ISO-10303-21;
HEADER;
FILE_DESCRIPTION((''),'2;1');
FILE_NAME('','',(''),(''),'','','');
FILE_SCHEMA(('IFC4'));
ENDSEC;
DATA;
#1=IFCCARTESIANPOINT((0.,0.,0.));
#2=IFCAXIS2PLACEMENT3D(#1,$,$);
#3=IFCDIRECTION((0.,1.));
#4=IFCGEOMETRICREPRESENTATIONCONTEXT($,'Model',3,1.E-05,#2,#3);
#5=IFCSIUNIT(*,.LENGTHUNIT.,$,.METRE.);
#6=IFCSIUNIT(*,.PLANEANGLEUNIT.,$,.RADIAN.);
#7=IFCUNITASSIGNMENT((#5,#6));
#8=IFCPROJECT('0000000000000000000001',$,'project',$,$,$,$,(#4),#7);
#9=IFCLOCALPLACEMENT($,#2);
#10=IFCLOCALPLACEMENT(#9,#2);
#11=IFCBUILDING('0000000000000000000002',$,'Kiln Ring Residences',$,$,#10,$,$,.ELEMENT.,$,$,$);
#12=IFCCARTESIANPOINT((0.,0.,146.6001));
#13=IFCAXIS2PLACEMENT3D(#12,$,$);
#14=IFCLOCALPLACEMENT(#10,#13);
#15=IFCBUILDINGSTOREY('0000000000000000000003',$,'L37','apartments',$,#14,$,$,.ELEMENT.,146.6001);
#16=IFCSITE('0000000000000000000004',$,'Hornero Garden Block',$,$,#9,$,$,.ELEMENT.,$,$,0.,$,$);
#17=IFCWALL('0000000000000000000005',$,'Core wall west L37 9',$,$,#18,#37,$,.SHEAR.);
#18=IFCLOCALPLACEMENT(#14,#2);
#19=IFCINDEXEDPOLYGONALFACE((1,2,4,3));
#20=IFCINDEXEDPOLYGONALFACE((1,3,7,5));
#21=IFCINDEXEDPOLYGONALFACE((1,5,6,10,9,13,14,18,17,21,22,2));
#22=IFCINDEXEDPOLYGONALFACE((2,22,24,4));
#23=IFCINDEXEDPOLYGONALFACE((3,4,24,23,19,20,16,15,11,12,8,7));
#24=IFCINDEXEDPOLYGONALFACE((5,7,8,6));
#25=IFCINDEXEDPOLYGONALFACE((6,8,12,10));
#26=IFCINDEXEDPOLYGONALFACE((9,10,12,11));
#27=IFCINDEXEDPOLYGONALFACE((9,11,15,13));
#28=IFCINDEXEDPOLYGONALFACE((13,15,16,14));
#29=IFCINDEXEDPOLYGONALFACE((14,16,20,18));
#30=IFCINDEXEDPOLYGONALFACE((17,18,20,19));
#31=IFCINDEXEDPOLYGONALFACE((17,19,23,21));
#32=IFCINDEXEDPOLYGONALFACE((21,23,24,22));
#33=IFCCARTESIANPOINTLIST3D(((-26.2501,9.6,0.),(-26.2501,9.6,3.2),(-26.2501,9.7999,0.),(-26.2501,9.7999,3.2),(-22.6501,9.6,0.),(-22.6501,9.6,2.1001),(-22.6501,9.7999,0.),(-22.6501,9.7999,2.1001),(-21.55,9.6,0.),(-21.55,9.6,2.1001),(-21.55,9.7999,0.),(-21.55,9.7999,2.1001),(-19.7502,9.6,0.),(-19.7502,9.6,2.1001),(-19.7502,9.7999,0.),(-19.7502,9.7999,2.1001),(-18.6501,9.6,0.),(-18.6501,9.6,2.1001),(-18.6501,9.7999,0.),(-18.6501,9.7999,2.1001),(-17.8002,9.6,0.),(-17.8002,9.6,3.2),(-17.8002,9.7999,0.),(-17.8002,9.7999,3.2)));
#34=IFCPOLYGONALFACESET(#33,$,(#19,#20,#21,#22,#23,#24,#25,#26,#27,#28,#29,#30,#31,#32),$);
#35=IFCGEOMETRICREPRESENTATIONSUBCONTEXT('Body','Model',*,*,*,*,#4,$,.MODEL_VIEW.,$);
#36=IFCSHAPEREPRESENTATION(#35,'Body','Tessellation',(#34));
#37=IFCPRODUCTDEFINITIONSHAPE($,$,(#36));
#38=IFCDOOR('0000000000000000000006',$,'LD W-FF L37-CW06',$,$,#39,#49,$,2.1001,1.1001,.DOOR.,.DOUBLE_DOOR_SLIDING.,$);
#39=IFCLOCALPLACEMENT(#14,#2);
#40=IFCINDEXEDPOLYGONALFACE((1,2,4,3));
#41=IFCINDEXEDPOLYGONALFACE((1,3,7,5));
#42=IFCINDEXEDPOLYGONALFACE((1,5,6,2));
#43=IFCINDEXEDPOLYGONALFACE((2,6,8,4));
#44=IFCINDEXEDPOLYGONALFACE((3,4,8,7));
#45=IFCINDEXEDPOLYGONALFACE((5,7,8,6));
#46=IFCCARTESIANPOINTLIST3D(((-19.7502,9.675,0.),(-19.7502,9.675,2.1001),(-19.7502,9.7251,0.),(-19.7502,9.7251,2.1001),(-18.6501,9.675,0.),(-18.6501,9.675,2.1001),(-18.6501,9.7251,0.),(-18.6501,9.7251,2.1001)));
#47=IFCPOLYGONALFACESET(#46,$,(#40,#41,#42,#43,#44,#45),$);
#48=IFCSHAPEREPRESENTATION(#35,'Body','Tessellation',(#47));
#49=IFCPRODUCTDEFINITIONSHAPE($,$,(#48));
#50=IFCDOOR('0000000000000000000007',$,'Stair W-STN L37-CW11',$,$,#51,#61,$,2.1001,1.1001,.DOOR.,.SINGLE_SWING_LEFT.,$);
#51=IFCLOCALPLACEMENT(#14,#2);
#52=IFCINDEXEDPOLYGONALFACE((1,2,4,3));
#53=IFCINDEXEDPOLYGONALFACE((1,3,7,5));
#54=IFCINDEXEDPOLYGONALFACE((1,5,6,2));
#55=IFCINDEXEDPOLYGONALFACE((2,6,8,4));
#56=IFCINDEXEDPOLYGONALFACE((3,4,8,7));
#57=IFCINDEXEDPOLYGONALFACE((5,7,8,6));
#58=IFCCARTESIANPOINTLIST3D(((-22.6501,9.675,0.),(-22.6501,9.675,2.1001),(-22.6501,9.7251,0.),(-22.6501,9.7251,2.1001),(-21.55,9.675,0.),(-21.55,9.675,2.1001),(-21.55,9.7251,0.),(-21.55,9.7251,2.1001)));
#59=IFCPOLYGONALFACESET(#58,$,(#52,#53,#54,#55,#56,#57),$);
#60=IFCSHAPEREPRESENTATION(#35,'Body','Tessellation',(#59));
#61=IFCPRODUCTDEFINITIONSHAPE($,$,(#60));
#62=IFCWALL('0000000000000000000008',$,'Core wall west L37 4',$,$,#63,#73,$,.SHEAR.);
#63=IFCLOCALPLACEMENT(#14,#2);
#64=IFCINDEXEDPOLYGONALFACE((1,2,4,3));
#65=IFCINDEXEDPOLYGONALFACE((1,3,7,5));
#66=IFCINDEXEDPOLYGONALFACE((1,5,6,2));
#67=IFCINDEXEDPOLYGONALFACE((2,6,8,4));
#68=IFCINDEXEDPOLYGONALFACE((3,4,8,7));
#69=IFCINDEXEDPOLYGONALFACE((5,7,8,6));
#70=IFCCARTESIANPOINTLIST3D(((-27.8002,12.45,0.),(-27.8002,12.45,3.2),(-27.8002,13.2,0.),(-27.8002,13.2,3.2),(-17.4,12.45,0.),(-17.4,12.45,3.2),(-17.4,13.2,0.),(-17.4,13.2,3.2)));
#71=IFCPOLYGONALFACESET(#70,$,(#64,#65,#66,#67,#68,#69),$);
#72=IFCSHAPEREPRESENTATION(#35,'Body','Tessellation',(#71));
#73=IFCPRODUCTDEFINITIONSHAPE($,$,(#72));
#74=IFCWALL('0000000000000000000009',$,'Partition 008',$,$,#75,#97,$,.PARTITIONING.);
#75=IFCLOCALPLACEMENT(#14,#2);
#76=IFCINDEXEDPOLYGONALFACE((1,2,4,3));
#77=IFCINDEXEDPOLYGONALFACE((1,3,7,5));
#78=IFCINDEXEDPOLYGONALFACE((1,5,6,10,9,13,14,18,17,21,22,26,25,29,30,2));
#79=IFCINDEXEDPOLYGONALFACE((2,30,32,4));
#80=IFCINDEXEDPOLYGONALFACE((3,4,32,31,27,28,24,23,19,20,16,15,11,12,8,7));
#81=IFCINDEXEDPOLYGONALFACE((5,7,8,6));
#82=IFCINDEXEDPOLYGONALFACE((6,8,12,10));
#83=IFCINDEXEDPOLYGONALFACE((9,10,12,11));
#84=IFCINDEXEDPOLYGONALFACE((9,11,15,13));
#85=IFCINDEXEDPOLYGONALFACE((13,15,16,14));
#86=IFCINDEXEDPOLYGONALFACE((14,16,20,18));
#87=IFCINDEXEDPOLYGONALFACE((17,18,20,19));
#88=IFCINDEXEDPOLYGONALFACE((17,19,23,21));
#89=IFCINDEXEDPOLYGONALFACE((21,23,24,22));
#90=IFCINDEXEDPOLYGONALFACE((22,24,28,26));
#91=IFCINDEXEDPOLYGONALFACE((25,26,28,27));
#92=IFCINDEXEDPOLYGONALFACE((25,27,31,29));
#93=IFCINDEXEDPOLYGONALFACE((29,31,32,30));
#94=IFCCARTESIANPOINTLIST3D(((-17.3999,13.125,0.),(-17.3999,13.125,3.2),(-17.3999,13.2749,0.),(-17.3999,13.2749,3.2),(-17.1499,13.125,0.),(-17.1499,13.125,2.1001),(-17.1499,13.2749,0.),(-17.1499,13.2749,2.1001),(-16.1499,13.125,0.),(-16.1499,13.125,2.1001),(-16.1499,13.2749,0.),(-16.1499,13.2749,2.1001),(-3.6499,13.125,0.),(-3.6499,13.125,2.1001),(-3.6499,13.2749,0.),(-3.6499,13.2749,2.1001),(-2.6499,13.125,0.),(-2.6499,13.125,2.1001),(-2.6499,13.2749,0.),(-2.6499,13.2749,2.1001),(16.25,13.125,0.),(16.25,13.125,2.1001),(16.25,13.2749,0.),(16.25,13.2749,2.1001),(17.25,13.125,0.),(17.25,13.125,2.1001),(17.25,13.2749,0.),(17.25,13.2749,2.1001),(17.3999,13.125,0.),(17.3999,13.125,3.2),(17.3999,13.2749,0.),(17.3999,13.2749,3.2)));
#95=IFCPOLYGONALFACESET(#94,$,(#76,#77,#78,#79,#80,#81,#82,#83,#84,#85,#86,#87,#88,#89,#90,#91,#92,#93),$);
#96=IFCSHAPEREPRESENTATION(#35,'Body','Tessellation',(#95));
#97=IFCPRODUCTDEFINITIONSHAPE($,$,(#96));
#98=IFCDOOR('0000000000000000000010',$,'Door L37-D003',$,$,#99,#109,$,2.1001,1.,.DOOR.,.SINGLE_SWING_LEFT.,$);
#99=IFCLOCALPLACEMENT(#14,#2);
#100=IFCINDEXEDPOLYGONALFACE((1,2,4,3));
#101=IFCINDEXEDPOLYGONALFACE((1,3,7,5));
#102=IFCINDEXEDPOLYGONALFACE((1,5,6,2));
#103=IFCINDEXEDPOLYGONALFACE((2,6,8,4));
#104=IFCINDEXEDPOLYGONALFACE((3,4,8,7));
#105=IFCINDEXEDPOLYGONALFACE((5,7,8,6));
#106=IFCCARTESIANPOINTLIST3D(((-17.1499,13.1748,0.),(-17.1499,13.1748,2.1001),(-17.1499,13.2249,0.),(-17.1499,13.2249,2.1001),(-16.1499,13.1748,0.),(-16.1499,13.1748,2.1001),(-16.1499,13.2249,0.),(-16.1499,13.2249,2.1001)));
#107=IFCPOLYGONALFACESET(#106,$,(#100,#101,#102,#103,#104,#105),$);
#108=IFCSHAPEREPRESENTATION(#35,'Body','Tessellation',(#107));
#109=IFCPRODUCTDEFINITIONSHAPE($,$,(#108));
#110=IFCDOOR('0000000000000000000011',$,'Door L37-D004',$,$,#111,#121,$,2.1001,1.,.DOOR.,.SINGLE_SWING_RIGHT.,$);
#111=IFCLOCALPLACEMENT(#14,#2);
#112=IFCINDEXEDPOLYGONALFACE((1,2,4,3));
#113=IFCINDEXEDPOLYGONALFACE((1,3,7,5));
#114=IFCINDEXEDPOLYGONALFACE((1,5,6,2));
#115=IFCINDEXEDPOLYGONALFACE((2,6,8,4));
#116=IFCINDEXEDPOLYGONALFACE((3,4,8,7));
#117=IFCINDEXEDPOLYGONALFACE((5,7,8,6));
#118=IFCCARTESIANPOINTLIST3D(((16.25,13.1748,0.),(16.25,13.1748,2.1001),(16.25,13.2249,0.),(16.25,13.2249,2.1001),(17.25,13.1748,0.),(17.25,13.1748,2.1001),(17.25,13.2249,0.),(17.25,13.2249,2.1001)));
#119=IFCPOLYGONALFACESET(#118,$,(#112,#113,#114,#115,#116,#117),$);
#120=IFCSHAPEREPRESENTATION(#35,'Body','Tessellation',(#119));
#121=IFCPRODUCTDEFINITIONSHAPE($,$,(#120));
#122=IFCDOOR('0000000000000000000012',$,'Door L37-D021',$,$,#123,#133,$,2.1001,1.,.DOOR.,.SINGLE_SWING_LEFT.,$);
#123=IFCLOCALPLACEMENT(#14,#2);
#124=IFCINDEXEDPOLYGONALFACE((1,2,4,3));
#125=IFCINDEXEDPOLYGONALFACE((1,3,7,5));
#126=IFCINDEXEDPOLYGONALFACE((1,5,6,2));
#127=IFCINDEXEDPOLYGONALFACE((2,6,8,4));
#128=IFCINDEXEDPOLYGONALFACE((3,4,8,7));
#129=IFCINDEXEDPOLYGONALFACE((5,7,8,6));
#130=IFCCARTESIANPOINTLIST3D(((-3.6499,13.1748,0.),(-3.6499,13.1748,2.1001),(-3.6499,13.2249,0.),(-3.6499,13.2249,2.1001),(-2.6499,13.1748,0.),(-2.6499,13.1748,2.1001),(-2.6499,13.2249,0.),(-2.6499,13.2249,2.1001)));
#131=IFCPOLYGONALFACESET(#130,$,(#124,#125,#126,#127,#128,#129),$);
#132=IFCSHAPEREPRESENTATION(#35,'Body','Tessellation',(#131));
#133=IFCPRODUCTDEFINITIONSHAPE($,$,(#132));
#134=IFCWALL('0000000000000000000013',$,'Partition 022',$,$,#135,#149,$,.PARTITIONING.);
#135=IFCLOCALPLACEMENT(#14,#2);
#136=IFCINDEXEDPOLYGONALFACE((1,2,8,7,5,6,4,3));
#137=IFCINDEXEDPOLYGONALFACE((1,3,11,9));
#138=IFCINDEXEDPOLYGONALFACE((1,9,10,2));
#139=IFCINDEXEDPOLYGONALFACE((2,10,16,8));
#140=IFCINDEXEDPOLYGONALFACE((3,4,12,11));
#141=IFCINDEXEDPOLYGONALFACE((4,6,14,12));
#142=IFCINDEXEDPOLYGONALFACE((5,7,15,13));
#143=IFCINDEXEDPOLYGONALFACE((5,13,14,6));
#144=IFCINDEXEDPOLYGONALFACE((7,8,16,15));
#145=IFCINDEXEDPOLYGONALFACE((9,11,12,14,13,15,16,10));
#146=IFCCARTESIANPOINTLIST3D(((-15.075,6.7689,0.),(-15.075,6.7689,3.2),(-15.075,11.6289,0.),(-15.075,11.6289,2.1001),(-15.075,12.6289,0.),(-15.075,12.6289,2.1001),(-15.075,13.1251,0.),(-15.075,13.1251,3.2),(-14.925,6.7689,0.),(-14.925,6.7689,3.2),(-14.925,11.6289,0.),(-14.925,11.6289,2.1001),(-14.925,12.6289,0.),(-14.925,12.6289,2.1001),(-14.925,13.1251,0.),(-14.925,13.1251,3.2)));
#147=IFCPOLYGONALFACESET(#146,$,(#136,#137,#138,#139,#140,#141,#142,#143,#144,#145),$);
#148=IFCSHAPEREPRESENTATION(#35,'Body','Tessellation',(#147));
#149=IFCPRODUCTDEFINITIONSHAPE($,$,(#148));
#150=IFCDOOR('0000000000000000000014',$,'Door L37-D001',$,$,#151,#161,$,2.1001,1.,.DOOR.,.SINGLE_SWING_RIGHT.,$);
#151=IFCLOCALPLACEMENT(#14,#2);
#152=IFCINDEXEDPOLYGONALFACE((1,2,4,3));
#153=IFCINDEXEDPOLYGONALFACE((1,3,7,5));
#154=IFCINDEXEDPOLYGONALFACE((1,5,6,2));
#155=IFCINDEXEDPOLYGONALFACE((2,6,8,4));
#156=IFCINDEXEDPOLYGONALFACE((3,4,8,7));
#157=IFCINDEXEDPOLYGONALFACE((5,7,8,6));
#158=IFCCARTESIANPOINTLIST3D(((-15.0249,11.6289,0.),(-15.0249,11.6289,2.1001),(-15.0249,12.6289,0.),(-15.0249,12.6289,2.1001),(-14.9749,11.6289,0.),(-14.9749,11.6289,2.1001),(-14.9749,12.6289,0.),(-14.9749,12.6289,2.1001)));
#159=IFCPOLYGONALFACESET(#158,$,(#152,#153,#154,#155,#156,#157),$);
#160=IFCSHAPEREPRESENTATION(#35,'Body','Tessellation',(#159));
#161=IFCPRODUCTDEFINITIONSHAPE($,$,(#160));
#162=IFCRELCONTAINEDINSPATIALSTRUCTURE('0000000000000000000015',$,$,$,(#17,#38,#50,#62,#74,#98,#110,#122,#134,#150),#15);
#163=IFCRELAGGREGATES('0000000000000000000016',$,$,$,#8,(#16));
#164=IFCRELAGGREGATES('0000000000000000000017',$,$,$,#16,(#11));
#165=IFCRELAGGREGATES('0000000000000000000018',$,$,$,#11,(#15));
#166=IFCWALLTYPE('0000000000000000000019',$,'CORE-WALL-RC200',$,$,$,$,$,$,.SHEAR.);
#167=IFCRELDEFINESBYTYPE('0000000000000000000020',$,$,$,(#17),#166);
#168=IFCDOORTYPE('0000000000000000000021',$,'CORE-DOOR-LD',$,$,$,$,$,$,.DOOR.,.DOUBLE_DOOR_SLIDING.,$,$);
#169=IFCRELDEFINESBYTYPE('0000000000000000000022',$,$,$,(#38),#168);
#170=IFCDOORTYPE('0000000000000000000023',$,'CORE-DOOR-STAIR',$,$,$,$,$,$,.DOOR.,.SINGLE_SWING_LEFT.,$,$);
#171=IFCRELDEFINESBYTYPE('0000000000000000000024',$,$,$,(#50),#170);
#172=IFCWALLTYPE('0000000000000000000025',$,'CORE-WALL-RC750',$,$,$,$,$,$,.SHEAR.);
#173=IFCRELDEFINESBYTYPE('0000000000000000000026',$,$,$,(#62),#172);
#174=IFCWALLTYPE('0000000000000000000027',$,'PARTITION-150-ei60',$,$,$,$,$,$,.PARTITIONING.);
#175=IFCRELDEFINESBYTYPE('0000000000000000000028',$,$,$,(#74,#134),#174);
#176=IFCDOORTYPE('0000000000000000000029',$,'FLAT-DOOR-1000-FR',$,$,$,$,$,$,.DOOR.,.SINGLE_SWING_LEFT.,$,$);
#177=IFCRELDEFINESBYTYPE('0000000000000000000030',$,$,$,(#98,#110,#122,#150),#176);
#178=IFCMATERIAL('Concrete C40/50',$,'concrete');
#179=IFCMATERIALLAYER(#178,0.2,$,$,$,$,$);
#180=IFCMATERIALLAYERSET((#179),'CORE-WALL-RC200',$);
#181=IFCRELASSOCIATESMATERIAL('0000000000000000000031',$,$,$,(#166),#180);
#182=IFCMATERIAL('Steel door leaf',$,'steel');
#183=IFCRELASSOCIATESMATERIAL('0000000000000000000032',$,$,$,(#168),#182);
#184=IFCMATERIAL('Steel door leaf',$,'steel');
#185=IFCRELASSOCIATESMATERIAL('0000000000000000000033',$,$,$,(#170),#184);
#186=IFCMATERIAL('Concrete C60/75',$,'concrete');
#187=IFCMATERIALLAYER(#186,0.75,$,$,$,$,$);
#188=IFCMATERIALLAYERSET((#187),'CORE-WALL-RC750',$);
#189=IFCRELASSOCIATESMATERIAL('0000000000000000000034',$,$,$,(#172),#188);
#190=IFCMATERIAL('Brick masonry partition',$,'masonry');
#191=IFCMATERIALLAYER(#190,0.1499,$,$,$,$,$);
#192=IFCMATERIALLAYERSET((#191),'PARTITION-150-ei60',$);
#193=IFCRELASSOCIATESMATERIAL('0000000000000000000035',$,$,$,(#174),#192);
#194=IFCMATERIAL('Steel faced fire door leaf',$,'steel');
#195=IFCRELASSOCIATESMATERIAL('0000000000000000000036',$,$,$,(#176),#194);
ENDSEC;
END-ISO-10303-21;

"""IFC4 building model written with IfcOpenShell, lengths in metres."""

from ifc_helpers import new_model, si_unit, direction, frame, frame_2d, origin, place, context, subcontext, project, spatial, rectangle, extrude, material, layer, layer_set, type_object, element, fill, save


model = new_model("IFC4")

# Units and contexts
model_context = context("Model", 3, precision=1e-05, world=origin(), true_north=direction((0.0, 1.0)))
body_context = subcontext(model_context, "Body", "Model", "MODEL_VIEW")
ifc_project = project(units=[si_unit("LENGTHUNIT", "METRE"), si_unit("PLANEANGLEUNIT", "RADIAN")], contexts=[model_context])

# Site, building, storey
site_placement = place(None, origin())
site = spatial("IfcSite", under=ifc_project, at=site_placement, Name="Hornero Garden Block", CompositionType="ELEMENT", RefElevation=0.0)
building_placement = place(site_placement, origin())
building = spatial("IfcBuilding", under=site, at=building_placement, Name="Kiln Ring Residences", CompositionType="ELEMENT")
storey_placement = place(building_placement, frame((0.0, 0.0, 146.6001)))
storey = spatial("IfcBuildingStorey", under=building, at=storey_placement, Name="L37", Description="apartments", CompositionType="ELEMENT", Elevation=146.6001)

# Wall, openings, doors
ifc_material_1 = material(Name="Concrete C40/50", Category="concrete")
ifc_layer_1 = layer(ifc_material_1, 0.2)
ifc_layer_set_1 = layer_set([ifc_layer_1], Name="CORE-WALL-RC200")
wall_type_1 = type_object("IfcWallType", Name="CORE-WALL-RC200", PredefinedType="SHEAR", material=ifc_layer_set_1)
wall_1_placement = place(storey_placement, frame((-17.8, 9.7, 0.0), z_axis=(0.0, 0.0, 1.0), x_axis=(-1.0, 0.0, 0.0)))
wall_1 = element("IfcWall", 1, at=wall_1_placement, inside=storey, type_object=wall_type_1, Name="Core wall west L37 9", PredefinedType="SHEAR", context=body_context, shape_type="SweptSolid", body=[
    extrude(rectangle(XDim=8.45, YDim=0.2, at=frame_2d((4.2251, 0.0))), origin(), (0.0, 0.0, 1.0), 3.2),
])
opening_1_placement = place(wall_1_placement, frame((0.8501, 0.0, 0.0)))
opening_1 = element("IfcOpeningElement", 2, at=opening_1_placement, cuts=wall_1, PredefinedType="OPENING", context=body_context, shape_type="SweptSolid", body=[
    extrude(rectangle(XDim=1.1001, YDim=2.1001, at=frame_2d((0.55, 1.05))), frame((0.0, 0.1099, 0.0), z_axis=(0.0, -1.0, 0.0), x_axis=(1.0, 0.0, 0.0)), (0.0, 0.0, 1.0), 0.22),
])
opening_2_placement = place(wall_1_placement, frame((3.75, 0.0, 0.0)))
opening_2 = element("IfcOpeningElement", 3, at=opening_2_placement, cuts=wall_1, PredefinedType="OPENING", context=body_context, shape_type="SweptSolid", body=[
    extrude(rectangle(XDim=1.1001, YDim=2.1001, at=frame_2d((0.55, 1.05))), frame((0.0, 0.1099, 0.0), z_axis=(0.0, -1.0, 0.0), x_axis=(1.0, 0.0, 0.0)), (0.0, 0.0, 1.0), 0.22),
])
ifc_material_2 = material(Name="Steel door leaf", Category="steel")
door_type_1 = type_object("IfcDoorType", Name="CORE-DOOR-LD", OperationType="DOUBLE_DOOR_SLIDING", PredefinedType="DOOR", material=ifc_material_2)
door_1_placement = place(opening_1_placement, origin())
door_1 = element("IfcDoor", 4, at=door_1_placement, inside=storey, type_object=door_type_1, Name="LD W-FF L37-CW06", OperationType="DOUBLE_DOOR_SLIDING", OverallHeight=2.1001, OverallWidth=1.1001, PredefinedType="DOOR", context=body_context, shape_type="SweptSolid", body=[
    extrude(rectangle(XDim=1.1001, YDim=2.1001, at=frame_2d((0.55, 1.05))), frame((0.0, 0.0249, 0.0), z_axis=(0.0, -1.0, 0.0), x_axis=(1.0, 0.0, 0.0)), (0.0, 0.0, 1.0), 0.05),
])
fill(opening_1, door_1)
ifc_material_3 = material(Name="Steel door leaf", Category="steel")
door_type_2 = type_object("IfcDoorType", Name="CORE-DOOR-STAIR", OperationType="SINGLE_SWING_LEFT", PredefinedType="DOOR", material=ifc_material_3)
door_2_placement = place(opening_2_placement, origin())
door_2 = element("IfcDoor", 5, at=door_2_placement, inside=storey, type_object=door_type_2, Name="Stair W-STN L37-CW11", OperationType="SINGLE_SWING_LEFT", OverallHeight=2.1001, OverallWidth=1.1001, PredefinedType="DOOR", context=body_context, shape_type="SweptSolid", body=[
    extrude(rectangle(XDim=1.1001, YDim=2.1001, at=frame_2d((0.55, 1.05))), frame((0.0, 0.0249, 0.0), z_axis=(0.0, -1.0, 0.0), x_axis=(1.0, 0.0, 0.0)), (0.0, 0.0, 1.0), 0.05),
])
fill(opening_2, door_2)

# Wall
ifc_material_4 = material(Name="Concrete C60/75", Category="concrete")
ifc_layer_2 = layer(ifc_material_4, 0.75)
ifc_layer_set_2 = layer_set([ifc_layer_2], Name="CORE-WALL-RC750")
wall_type_2 = type_object("IfcWallType", Name="CORE-WALL-RC750", PredefinedType="SHEAR", material=ifc_layer_set_2)
wall_2_placement = place(storey_placement, frame((-17.3999, 12.825, 0.0), z_axis=(0.0, 0.0, 1.0), x_axis=(-1.0, 0.0, 0.0)))
element("IfcWall", 6, at=wall_2_placement, inside=storey, type_object=wall_type_2, Name="Core wall west L37 4", PredefinedType="SHEAR", context=body_context, shape_type="SweptSolid", body=[
    extrude(rectangle(XDim=10.4001, YDim=0.75, at=frame_2d((5.2002, 0.0))), origin(), (0.0, 0.0, 1.0), 3.2),
])

# Wall, openings, doors
ifc_material_5 = material(Name="Brick masonry partition", Category="masonry")
ifc_layer_3 = layer(ifc_material_5, 0.1499)
ifc_layer_set_3 = layer_set([ifc_layer_3], Name="PARTITION-150-ei60")
wall_type_3 = type_object("IfcWallType", Name="PARTITION-150-ei60", PredefinedType="PARTITIONING", material=ifc_layer_set_3)
wall_3_placement = place(storey_placement, frame((-17.3999, 13.2, 0.0), z_axis=(0.0, 0.0, 1.0), x_axis=(1.0, 0.0, 0.0)))
wall_3 = element("IfcWall", 7, at=wall_3_placement, inside=storey, type_object=wall_type_3, Name="Partition 008", PredefinedType="PARTITIONING", context=body_context, shape_type="SweptSolid", body=[
    extrude(rectangle(XDim=34.7998, YDim=0.1499, at=frame_2d((17.3999, 0.0))), origin(), (0.0, 0.0, 1.0), 3.2),
])
opening_3_placement = place(wall_3_placement, frame((0.25, 0.0, 0.0)))
opening_3 = element("IfcOpeningElement", 8, at=opening_3_placement, cuts=wall_3, PredefinedType="OPENING", context=body_context, shape_type="SweptSolid", body=[
    extrude(rectangle(XDim=1.0, YDim=2.1001, at=frame_2d((0.5, 1.05))), frame((0.0, 0.085, 0.0), z_axis=(0.0, -1.0, 0.0), x_axis=(1.0, 0.0, 0.0)), (0.0, 0.0, 1.0), 0.1699),
])
opening_4_placement = place(wall_3_placement, frame((33.6499, 0.0, 0.0)))
opening_4 = element("IfcOpeningElement", 9, at=opening_4_placement, cuts=wall_3, PredefinedType="OPENING", context=body_context, shape_type="SweptSolid", body=[
    extrude(rectangle(XDim=1.0, YDim=2.1001, at=frame_2d((0.5, 1.05))), frame((0.0, 0.085, 0.0), z_axis=(0.0, -1.0, 0.0), x_axis=(1.0, 0.0, 0.0)), (0.0, 0.0, 1.0), 0.1699),
])
opening_5_placement = place(wall_3_placement, frame((13.75, 0.0, 0.0)))
opening_5 = element("IfcOpeningElement", 10, at=opening_5_placement, cuts=wall_3, PredefinedType="OPENING", context=body_context, shape_type="SweptSolid", body=[
    extrude(rectangle(XDim=1.0, YDim=2.1001, at=frame_2d((0.5, 1.05))), frame((0.0, 0.085, 0.0), z_axis=(0.0, -1.0, 0.0), x_axis=(1.0, 0.0, 0.0)), (0.0, 0.0, 1.0), 0.1699),
])
ifc_material_6 = material(Name="Steel faced fire door leaf", Category="steel")
door_type_3 = type_object("IfcDoorType", Name="FLAT-DOOR-1000-FR", OperationType="SINGLE_SWING_LEFT", PredefinedType="DOOR", material=ifc_material_6)
door_3_placement = place(opening_3_placement, origin())
door_3 = element("IfcDoor", 11, at=door_3_placement, inside=storey, type_object=door_type_3, Name="Door L37-D003", OperationType="SINGLE_SWING_LEFT", OverallHeight=2.1001, OverallWidth=1.0, PredefinedType="DOOR", context=body_context, shape_type="SweptSolid", body=[
    extrude(rectangle(XDim=1.0, YDim=2.1001, at=frame_2d((0.5, 1.05))), frame((0.0, 0.0249, 0.0), z_axis=(0.0, -1.0, 0.0), x_axis=(1.0, 0.0, 0.0)), (0.0, 0.0, 1.0), 0.05),
])
fill(opening_3, door_3)
door_4_placement = place(opening_4_placement, origin())
door_4 = element("IfcDoor", 12, at=door_4_placement, inside=storey, type_object=door_type_3, Name="Door L37-D004", OperationType="SINGLE_SWING_RIGHT", OverallHeight=2.1001, OverallWidth=1.0, PredefinedType="DOOR", context=body_context, shape_type="SweptSolid", body=[
    extrude(rectangle(XDim=1.0, YDim=2.1001, at=frame_2d((0.5, 1.05))), frame((0.0, 0.0249, 0.0), z_axis=(0.0, -1.0, 0.0), x_axis=(1.0, 0.0, 0.0)), (0.0, 0.0, 1.0), 0.05),
])
fill(opening_4, door_4)
door_5_placement = place(opening_5_placement, origin())
door_5 = element("IfcDoor", 13, at=door_5_placement, inside=storey, type_object=door_type_3, Name="Door L37-D021", OperationType="SINGLE_SWING_LEFT", OverallHeight=2.1001, OverallWidth=1.0, PredefinedType="DOOR", context=body_context, shape_type="SweptSolid", body=[
    extrude(rectangle(XDim=1.0, YDim=2.1001, at=frame_2d((0.5, 1.05))), frame((0.0, 0.0249, 0.0), z_axis=(0.0, -1.0, 0.0), x_axis=(1.0, 0.0, 0.0)), (0.0, 0.0, 1.0), 0.05),
])
fill(opening_5, door_5)

# Wall, opening, door
wall_4_placement = place(storey_placement, frame((-15.0, 6.7688, 0.0), z_axis=(0.0, 0.0, 1.0), x_axis=(0.0, 1.0, 0.0)))
wall_4 = element("IfcWall", 14, at=wall_4_placement, inside=storey, type_object=wall_type_3, Name="Partition 022", PredefinedType="PARTITIONING", context=body_context, shape_type="SweptSolid", body=[
    extrude(rectangle(XDim=6.3562, YDim=0.1499, at=frame_2d((3.1782, 0.0))), origin(), (0.0, 0.0, 1.0), 3.2),
])
opening_6_placement = place(wall_4_placement, frame((4.8601, 0.0, 0.0)))
opening_6 = element("IfcOpeningElement", 15, at=opening_6_placement, cuts=wall_4, PredefinedType="OPENING", context=body_context, shape_type="SweptSolid", body=[
    extrude(rectangle(XDim=1.0, YDim=2.1001, at=frame_2d((0.5, 1.05))), frame((0.0, 0.085, 0.0), z_axis=(0.0, -1.0, 0.0), x_axis=(1.0, 0.0, 0.0)), (0.0, 0.0, 1.0), 0.1699),
])
door_6_placement = place(opening_6_placement, origin())
door_6 = element("IfcDoor", 16, at=door_6_placement, inside=storey, type_object=door_type_3, Name="Door L37-D001", OperationType="SINGLE_SWING_RIGHT", OverallHeight=2.1001, OverallWidth=1.0, PredefinedType="DOOR", context=body_context, shape_type="SweptSolid", body=[
    extrude(rectangle(XDim=1.0, YDim=2.1001, at=frame_2d((0.5, 1.05))), frame((0.0, 0.0249, 0.0), z_axis=(0.0, -1.0, 0.0), x_axis=(1.0, 0.0, 0.0)), (0.0, 0.0, 1.0), 0.05),
])
fill(opening_6, door_6)

save(model, "model.ifc")
